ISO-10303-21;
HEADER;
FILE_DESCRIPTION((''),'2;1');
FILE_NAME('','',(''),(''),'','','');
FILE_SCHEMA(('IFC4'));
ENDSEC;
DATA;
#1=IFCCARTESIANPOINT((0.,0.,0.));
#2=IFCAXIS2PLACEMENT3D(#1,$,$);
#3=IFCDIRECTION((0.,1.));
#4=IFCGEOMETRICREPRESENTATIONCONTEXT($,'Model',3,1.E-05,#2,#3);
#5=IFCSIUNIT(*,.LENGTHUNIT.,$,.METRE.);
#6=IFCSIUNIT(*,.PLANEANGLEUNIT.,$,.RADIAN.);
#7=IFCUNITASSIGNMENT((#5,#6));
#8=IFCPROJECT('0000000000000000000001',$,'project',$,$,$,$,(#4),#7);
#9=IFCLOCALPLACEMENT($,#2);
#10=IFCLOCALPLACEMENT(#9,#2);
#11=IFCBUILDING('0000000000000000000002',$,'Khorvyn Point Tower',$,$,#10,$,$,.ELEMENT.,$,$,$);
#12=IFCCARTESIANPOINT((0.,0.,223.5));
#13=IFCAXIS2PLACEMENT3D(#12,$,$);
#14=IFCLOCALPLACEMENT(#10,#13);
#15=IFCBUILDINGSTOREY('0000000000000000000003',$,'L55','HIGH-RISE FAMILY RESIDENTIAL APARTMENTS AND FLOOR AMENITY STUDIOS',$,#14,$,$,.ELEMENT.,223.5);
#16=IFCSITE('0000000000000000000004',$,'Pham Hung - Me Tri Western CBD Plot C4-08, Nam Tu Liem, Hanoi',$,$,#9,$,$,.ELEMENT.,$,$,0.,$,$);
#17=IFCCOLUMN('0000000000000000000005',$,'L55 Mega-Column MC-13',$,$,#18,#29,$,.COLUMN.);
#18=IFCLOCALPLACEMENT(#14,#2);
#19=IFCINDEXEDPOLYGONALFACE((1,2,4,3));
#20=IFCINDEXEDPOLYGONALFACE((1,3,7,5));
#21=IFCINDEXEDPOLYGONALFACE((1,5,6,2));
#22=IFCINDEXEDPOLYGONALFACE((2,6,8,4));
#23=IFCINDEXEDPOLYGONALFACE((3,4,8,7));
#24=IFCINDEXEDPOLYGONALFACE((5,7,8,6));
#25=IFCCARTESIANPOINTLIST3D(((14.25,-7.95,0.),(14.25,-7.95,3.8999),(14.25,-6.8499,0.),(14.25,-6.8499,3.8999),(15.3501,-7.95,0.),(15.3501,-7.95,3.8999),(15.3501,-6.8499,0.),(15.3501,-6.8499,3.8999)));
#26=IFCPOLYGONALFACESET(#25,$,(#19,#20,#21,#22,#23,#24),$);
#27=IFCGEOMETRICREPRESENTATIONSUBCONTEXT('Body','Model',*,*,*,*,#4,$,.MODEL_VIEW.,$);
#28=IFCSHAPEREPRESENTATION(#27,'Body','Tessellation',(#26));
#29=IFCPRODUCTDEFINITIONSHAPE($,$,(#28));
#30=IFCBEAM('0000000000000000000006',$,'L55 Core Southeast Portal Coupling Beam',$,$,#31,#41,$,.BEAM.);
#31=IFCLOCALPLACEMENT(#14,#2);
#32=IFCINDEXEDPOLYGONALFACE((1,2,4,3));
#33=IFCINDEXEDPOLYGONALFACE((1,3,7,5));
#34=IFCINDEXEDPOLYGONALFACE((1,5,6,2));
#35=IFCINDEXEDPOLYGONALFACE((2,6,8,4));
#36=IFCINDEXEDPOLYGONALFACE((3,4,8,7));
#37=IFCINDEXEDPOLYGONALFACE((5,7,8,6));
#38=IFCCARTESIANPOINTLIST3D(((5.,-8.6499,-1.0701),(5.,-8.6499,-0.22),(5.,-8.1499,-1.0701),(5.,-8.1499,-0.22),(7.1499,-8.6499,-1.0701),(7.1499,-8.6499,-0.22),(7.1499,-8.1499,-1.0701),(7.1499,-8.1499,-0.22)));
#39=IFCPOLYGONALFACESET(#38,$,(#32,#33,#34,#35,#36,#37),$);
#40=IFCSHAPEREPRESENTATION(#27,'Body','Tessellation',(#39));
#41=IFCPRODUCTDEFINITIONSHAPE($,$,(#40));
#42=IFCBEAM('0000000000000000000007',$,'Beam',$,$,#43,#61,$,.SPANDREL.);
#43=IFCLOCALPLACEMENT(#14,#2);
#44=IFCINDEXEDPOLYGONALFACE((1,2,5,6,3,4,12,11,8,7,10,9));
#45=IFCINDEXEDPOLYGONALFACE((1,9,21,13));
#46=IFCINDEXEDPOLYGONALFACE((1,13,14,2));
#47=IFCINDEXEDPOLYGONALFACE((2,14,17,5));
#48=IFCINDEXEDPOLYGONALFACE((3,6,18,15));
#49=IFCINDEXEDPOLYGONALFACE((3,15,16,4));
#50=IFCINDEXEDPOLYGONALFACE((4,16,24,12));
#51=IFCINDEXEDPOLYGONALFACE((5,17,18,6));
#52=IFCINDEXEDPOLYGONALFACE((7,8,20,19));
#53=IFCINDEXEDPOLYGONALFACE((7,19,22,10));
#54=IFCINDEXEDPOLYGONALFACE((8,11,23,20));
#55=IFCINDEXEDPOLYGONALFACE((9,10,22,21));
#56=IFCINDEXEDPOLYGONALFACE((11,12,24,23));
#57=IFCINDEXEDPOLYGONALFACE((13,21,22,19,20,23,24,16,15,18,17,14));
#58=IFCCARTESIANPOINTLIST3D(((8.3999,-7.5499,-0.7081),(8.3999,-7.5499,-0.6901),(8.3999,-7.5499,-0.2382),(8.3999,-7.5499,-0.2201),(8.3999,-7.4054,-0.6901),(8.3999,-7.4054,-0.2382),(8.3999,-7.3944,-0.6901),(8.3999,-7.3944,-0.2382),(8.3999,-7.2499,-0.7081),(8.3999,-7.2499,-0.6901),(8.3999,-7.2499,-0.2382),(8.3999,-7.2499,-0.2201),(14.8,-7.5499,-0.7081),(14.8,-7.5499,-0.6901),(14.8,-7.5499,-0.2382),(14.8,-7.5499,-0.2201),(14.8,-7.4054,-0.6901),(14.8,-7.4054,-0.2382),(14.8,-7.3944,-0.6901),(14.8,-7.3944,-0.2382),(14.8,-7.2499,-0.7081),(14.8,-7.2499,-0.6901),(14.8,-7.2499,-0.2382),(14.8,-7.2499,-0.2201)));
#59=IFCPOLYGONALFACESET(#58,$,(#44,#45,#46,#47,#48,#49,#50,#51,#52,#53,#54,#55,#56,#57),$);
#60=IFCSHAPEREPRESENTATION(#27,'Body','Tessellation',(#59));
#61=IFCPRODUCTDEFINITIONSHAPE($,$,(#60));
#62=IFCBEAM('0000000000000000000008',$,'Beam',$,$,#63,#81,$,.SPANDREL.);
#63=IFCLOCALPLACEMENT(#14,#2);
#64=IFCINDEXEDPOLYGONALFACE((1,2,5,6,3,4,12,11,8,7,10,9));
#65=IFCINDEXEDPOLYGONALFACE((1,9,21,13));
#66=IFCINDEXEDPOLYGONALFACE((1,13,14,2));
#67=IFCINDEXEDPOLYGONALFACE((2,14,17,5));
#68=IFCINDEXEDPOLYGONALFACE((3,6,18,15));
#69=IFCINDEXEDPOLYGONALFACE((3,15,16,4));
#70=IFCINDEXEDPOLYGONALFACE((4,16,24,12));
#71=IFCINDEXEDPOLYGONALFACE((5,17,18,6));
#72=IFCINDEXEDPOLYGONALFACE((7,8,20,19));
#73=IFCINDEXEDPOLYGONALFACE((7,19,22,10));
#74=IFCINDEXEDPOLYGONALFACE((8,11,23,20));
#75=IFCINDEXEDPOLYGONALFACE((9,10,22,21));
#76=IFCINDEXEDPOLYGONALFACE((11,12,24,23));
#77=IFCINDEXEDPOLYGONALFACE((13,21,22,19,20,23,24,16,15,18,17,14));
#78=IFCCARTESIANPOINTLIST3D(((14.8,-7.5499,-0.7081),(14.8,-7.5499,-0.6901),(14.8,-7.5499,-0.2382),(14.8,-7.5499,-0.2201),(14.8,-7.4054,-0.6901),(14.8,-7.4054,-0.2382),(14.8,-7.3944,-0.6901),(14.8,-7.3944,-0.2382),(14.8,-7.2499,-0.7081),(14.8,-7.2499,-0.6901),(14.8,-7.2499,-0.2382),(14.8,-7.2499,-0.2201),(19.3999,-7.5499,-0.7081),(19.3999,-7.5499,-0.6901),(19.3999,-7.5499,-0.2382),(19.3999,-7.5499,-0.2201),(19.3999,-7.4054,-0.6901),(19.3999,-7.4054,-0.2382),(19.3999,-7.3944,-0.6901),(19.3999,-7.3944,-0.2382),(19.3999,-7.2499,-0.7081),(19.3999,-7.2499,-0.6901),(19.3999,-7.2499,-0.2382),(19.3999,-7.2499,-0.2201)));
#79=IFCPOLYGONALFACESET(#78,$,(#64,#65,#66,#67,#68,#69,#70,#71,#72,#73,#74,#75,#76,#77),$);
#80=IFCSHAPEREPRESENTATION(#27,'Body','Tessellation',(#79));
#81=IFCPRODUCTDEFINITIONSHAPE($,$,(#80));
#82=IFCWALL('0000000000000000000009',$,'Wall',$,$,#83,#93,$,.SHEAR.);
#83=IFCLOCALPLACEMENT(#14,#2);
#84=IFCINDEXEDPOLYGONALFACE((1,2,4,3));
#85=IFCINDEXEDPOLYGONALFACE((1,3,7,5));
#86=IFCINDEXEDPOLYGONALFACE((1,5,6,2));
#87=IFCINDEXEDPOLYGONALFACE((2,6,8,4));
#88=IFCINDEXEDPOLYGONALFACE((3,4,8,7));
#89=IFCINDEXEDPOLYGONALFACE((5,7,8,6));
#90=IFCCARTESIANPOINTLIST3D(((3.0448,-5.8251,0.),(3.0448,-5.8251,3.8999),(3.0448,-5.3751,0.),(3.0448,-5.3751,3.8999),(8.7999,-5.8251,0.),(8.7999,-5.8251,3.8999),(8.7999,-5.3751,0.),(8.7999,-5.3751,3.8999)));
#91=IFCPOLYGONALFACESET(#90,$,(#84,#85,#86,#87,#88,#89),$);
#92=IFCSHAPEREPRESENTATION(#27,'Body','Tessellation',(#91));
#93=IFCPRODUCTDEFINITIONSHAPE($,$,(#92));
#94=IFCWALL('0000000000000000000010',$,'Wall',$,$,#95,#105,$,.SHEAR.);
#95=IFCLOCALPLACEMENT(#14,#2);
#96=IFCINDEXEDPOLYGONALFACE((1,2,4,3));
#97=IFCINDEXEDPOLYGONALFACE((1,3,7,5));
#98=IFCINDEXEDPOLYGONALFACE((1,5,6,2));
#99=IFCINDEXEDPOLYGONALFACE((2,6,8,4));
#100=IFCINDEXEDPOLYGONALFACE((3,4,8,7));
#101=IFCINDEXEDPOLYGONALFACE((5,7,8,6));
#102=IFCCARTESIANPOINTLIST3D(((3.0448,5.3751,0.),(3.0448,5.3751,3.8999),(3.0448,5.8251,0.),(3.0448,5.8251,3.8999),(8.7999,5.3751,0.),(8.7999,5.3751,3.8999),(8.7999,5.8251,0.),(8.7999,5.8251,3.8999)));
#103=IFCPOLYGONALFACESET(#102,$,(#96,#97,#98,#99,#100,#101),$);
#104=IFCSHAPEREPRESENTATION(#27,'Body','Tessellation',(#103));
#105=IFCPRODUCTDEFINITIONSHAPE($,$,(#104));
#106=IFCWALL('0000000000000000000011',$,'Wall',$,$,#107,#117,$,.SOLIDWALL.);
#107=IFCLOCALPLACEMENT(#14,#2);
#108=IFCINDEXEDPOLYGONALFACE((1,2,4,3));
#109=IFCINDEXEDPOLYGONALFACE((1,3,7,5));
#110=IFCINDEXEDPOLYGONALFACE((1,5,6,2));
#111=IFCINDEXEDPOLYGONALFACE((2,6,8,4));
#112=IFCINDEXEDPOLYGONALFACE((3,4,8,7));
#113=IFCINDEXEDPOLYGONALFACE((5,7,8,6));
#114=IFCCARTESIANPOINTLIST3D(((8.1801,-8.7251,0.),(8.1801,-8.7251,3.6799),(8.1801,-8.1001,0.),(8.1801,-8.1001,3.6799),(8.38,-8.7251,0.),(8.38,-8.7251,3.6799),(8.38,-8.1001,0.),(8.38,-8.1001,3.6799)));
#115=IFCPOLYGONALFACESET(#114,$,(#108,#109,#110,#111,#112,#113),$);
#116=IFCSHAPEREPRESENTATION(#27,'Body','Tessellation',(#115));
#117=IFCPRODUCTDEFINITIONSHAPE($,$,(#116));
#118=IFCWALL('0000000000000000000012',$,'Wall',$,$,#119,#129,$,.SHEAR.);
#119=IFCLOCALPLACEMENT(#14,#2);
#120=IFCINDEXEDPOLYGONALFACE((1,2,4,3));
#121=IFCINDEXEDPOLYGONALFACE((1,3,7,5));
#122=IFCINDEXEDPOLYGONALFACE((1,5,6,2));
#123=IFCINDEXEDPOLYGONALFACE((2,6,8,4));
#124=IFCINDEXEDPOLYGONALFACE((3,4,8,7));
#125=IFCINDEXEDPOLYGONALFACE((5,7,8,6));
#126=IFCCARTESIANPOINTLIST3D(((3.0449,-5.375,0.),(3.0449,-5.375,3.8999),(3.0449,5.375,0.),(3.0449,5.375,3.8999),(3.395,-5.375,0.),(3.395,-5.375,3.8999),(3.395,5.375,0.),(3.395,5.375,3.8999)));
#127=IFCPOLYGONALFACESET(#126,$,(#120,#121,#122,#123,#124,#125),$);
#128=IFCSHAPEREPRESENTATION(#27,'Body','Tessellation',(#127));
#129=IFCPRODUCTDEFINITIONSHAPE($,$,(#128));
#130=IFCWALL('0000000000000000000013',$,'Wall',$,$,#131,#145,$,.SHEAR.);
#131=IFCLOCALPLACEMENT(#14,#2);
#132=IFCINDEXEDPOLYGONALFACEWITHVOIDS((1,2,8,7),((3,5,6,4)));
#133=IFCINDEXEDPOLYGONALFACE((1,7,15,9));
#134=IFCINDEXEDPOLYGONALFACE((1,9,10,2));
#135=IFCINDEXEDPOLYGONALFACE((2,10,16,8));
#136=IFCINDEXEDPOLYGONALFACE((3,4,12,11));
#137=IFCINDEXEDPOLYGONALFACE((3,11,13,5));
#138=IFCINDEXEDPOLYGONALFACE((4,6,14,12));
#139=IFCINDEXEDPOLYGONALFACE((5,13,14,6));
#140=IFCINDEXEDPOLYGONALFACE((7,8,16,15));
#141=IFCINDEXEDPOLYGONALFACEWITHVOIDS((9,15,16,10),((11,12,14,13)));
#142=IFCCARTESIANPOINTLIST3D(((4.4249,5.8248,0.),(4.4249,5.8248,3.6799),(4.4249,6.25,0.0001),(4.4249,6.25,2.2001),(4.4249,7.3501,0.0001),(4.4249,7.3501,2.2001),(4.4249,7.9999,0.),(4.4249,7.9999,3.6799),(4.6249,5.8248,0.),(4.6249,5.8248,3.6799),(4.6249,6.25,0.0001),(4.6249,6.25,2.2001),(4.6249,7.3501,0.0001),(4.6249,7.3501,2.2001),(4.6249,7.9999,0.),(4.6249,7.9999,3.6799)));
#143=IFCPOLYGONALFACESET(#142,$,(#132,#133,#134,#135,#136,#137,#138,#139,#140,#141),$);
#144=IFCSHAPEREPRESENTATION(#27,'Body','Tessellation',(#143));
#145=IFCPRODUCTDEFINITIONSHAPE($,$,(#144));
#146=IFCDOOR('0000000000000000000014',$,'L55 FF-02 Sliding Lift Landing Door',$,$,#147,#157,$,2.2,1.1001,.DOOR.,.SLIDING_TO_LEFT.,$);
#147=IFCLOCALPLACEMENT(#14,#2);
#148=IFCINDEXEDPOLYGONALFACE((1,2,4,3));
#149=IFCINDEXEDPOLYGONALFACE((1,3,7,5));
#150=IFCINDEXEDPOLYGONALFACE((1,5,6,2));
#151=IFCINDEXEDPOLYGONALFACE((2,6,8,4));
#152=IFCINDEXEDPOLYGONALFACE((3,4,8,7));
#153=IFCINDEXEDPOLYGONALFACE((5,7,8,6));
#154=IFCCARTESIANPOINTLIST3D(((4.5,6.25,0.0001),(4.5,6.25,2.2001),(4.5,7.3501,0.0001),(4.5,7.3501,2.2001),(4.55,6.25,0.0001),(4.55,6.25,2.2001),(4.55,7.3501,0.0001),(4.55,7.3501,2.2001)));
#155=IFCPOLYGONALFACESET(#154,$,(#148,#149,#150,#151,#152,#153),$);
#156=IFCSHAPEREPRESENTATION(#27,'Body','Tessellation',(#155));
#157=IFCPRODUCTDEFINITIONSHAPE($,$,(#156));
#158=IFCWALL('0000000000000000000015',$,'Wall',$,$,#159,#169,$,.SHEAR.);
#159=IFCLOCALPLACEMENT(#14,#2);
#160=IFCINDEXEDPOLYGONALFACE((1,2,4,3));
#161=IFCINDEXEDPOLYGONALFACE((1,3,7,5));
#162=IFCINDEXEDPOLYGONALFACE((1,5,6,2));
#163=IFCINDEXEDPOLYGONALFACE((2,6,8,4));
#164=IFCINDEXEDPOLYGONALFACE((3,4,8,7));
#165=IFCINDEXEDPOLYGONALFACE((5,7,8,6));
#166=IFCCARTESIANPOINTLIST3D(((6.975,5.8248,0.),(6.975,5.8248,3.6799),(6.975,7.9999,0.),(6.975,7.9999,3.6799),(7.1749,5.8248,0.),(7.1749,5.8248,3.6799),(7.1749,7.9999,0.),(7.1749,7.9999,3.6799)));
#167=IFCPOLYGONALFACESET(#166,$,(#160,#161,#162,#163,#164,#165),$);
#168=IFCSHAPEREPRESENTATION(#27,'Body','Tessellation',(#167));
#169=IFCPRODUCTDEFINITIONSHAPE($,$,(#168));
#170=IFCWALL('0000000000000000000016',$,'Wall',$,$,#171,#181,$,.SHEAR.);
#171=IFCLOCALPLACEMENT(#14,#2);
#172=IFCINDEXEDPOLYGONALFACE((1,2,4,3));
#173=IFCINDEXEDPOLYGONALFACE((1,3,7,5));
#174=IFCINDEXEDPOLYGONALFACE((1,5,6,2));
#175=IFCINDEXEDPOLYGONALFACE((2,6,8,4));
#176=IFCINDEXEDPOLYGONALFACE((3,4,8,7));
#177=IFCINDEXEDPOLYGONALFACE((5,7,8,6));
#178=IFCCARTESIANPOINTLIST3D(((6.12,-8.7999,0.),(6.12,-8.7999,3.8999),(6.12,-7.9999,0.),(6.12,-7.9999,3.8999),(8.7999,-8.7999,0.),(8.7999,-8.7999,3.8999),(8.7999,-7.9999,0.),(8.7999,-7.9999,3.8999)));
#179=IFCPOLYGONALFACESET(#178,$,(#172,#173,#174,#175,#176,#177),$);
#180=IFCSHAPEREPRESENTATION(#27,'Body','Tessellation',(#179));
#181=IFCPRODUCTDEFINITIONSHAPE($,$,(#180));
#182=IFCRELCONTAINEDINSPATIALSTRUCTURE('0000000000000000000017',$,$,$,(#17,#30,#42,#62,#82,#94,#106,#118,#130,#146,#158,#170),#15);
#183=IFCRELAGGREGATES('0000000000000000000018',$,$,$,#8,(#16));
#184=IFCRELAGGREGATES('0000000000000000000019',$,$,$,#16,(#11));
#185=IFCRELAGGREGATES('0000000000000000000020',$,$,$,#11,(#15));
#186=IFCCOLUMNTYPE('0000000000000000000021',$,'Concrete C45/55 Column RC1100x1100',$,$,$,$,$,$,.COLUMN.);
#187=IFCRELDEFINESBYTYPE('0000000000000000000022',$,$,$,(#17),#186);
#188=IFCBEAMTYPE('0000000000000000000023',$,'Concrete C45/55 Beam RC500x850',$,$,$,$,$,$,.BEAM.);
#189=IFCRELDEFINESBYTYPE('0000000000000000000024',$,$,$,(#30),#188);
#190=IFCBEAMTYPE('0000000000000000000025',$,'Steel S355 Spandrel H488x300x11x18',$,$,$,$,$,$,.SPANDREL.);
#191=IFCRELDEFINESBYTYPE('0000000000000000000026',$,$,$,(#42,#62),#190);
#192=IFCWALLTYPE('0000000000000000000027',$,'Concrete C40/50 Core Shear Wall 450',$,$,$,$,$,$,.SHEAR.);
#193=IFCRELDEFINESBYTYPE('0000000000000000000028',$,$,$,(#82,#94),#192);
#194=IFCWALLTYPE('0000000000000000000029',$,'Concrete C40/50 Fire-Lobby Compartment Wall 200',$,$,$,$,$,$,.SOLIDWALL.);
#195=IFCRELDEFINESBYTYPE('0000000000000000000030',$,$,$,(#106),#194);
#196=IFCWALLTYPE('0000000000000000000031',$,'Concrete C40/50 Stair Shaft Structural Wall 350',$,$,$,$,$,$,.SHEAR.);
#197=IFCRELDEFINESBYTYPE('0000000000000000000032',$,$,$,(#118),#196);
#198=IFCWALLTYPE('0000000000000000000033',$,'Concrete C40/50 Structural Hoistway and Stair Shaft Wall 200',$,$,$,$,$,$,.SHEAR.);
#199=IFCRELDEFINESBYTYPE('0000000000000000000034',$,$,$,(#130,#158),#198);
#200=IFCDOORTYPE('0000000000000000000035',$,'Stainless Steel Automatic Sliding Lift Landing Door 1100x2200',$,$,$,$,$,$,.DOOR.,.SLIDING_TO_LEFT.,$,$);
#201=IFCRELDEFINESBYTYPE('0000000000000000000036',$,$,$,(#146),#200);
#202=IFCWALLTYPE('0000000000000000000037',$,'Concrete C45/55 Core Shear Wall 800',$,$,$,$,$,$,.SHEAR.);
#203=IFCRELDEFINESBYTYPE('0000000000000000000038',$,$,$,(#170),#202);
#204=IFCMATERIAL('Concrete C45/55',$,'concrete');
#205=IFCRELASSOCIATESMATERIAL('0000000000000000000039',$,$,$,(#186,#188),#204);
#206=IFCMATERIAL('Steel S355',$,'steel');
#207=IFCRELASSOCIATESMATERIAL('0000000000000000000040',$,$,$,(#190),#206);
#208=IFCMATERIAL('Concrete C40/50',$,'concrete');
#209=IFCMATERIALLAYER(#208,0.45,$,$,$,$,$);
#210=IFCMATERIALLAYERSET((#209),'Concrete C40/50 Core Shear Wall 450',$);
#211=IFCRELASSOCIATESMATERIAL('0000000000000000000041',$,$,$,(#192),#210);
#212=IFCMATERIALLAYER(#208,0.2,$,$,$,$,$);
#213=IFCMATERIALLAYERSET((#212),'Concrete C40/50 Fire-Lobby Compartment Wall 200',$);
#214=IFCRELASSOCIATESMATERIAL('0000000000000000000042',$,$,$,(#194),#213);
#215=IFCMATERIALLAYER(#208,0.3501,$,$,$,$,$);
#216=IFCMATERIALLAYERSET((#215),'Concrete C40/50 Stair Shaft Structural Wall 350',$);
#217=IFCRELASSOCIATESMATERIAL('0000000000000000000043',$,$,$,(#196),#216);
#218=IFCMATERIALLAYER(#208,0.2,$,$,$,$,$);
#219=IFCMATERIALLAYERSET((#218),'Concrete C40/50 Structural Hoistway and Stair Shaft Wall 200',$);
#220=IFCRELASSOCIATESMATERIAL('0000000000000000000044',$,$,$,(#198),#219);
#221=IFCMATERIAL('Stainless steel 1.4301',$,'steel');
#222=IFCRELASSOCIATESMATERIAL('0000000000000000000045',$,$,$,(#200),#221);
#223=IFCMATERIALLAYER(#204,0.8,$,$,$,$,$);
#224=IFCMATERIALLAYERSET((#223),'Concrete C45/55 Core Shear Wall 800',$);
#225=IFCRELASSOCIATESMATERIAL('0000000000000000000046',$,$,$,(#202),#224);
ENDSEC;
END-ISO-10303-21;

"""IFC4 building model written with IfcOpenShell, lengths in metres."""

from ifc_helpers import new_model, si_unit, direction, frame, frame_2d, origin, origin_2d, place, context, subcontext, project, spatial, rectangle, i_section, extrude, material, layer, layer_set, material_profile, profile_set, type_object, element, fill, save


model = new_model("IFC4")

# Units and contexts
model_context = context("Model", 3, precision=1e-05, world=origin(), true_north=direction((0.0, 1.0)))
body_context = subcontext(model_context, "Body", "Model", "MODEL_VIEW")
ifc_project = project(units=[si_unit("LENGTHUNIT", "METRE"), si_unit("PLANEANGLEUNIT", "RADIAN")], contexts=[model_context])

# Site, building, storey
site_placement = place(None, origin())
site = spatial("IfcSite", under=ifc_project, at=site_placement, Name="Pham Hung - Me Tri Western CBD Plot C4-08, Nam Tu Liem, Hanoi", CompositionType="ELEMENT", RefElevation=0.0)
building_placement = place(site_placement, origin())
building = spatial("IfcBuilding", under=site, at=building_placement, Name="Khorvyn Point Tower", CompositionType="ELEMENT")
storey_placement = place(building_placement, frame((0.0, 0.0, 223.5)))
storey = spatial("IfcBuildingStorey", under=building, at=storey_placement, Name="L55", Description="HIGH-RISE FAMILY RESIDENTIAL APARTMENTS AND FLOOR AMENITY STUDIOS", CompositionType="ELEMENT", Elevation=223.5)

# Column
ifc_material_1 = material(Name="Concrete C45/55", Category="concrete")
ifc_material_profile_1 = material_profile(ifc_material_1, rectangle(XDim=1.1001, YDim=1.1001, at=origin_2d()))
ifc_profile_set_1 = profile_set([ifc_material_profile_1], Name="Concrete C45/55 RC1100x1100")
column_type = type_object("IfcColumnType", Name="Concrete C45/55 Column RC1100x1100", PredefinedType="COLUMN", material=ifc_profile_set_1)
column_placement = place(storey_placement, frame((14.8, -7.3999, 0.0), z_axis=(0.0, 0.0, 1.0), x_axis=(1.0, 0.0, 0.0)))
element("IfcColumn", 1, at=column_placement, inside=storey, type_object=column_type, Name="L55 Mega-Column MC-13", PredefinedType="COLUMN", context=body_context, shape_type="SweptSolid", body=[
    extrude(rectangle(XDim=1.1001, YDim=1.1001, at=origin_2d()), origin(), (0.0, 0.0, 1.0), 3.8999),
])

# Beams
ifc_material_profile_2 = material_profile(ifc_material_1, rectangle(XDim=0.5, YDim=0.8501, at=origin_2d()))
ifc_profile_set_2 = profile_set([ifc_material_profile_2], Name="Concrete C45/55 RC500x850")
beam_type_1 = type_object("IfcBeamType", Name="Concrete C45/55 Beam RC500x850", PredefinedType="BEAM", material=ifc_profile_set_2)
beam_1_placement = place(storey_placement, frame((5.0, -8.3999, -0.645), z_axis=(1.0, 0.0, 0.0), x_axis=(0.0, 1.0, 0.0)))
element("IfcBeam", 2, at=beam_1_placement, inside=storey, type_object=beam_type_1, Name="L55 Core Southeast Portal Coupling Beam", PredefinedType="BEAM", context=body_context, shape_type="SweptSolid", body=[
    extrude(rectangle(XDim=0.5, YDim=0.8501, at=origin_2d()), origin(), (0.0, 0.0, 1.0), 2.1499),
])
ifc_material_2 = material(Name="Steel S355", Category="steel")
ifc_material_profile_3 = material_profile(ifc_material_2, i_section(OverallWidth=0.3, OverallDepth=0.488, WebThickness=0.011, FlangeThickness=0.0181, at=origin_2d()))
ifc_profile_set_3 = profile_set([ifc_material_profile_3], Name="Steel S355 H488x300x11x18")
beam_type_2 = type_object("IfcBeamType", Name="Steel S355 Spandrel H488x300x11x18", PredefinedType="SPANDREL", material=ifc_profile_set_3)
beam_2_placement = place(storey_placement, frame((8.3999, -7.3999, -0.4641), z_axis=(1.0, 0.0, 0.0), x_axis=(0.0, 1.0, 0.0)))
element("IfcBeam", 3, at=beam_2_placement, inside=storey, type_object=beam_type_2, Name="Beam", PredefinedType="SPANDREL", context=body_context, shape_type="SweptSolid", body=[
    extrude(i_section(OverallWidth=0.3, OverallDepth=0.488, WebThickness=0.011, FlangeThickness=0.0181, at=origin_2d()), origin(), (0.0, 0.0, 1.0), 6.4001),
])
beam_3_placement = place(storey_placement, frame((14.8, -7.3999, -0.4641), z_axis=(1.0, 0.0, 0.0), x_axis=(0.0, 1.0, 0.0)))
element("IfcBeam", 4, at=beam_3_placement, inside=storey, type_object=beam_type_2, Name="Beam", PredefinedType="SPANDREL", context=body_context, shape_type="SweptSolid", body=[
    extrude(i_section(OverallWidth=0.3, OverallDepth=0.488, WebThickness=0.011, FlangeThickness=0.0181, at=origin_2d()), origin(), (0.0, 0.0, 1.0), 4.5999),
])

# Walls
ifc_material_3 = material(Name="Concrete C40/50", Category="concrete")
ifc_layer_1 = layer(ifc_material_3, 0.45)
ifc_layer_set_1 = layer_set([ifc_layer_1], Name="Concrete C40/50 Core Shear Wall 450")
wall_type_1 = type_object("IfcWallType", Name="Concrete C40/50 Core Shear Wall 450", PredefinedType="SHEAR", material=ifc_layer_set_1)
for number, where, z_axis, x_axis, name in (
    (5, (3.0449, -5.6001, 0.0), (0.0, 0.0, 1.0), (1.0, 0.0, 0.0), "Wall"),
    (6, (3.0449, 5.6001, 0.0), (0.0, 0.0, 1.0), (1.0, 0.0, 0.0), "Wall"),
):
    element("IfcWall", number, at=place(storey_placement, frame(where, z_axis=z_axis, x_axis=x_axis)), inside=storey, type_object=wall_type_1, Name=name, PredefinedType="SHEAR", context=body_context, shape_type="SweptSolid", body=[
        extrude(rectangle(XDim=5.7551, YDim=0.45, at=frame_2d((2.8774, 0.0))), origin(), (0.0, 0.0, 1.0), 3.8999),
    ])

# Shared definitions
ifc_layer_2 = layer(ifc_material_3, 0.2)
ifc_layer_set_2 = layer_set([ifc_layer_2], Name="Concrete C40/50 Fire-Lobby Compartment Wall 200")
wall_type_2 = type_object("IfcWallType", Name="Concrete C40/50 Fire-Lobby Compartment Wall 200", PredefinedType="SOLIDWALL", material=ifc_layer_set_2)

# Walls
wall_1_placement = place(storey_placement, frame((8.28, -8.7251, 0.0), z_axis=(0.0, 0.0, 1.0), x_axis=(0.0, 1.0, 0.0)))
element("IfcWall", 7, at=wall_1_placement, inside=storey, type_object=wall_type_2, Name="Wall", PredefinedType="SOLIDWALL", context=body_context, shape_type="SweptSolid", body=[
    extrude(rectangle(XDim=0.625, YDim=0.2, at=frame_2d((0.3125, 0.0))), origin(), (0.0, 0.0, 1.0), 3.6799),
])
ifc_layer_3 = layer(ifc_material_3, 0.3501)
ifc_layer_set_3 = layer_set([ifc_layer_3], Name="Concrete C40/50 Stair Shaft Structural Wall 350")
wall_type_3 = type_object("IfcWallType", Name="Concrete C40/50 Stair Shaft Structural Wall 350", PredefinedType="SHEAR", material=ifc_layer_set_3)
wall_2_placement = place(storey_placement, frame((3.22, -5.375, 0.0), z_axis=(0.0, 0.0, 1.0), x_axis=(0.0, 1.0, 0.0)))
element("IfcWall", 8, at=wall_2_placement, inside=storey, type_object=wall_type_3, Name="Wall", PredefinedType="SHEAR", context=body_context, shape_type="SweptSolid", body=[
    extrude(rectangle(XDim=10.75, YDim=0.3501, at=frame_2d((5.375, 0.0))), origin(), (0.0, 0.0, 1.0), 3.8999),
])

# Wall, opening, door
ifc_layer_4 = layer(ifc_material_3, 0.2)
ifc_layer_set_4 = layer_set([ifc_layer_4], Name="Concrete C40/50 Structural Hoistway and Stair Shaft Wall 200")
wall_type_4 = type_object("IfcWallType", Name="Concrete C40/50 Structural Hoistway and Stair Shaft Wall 200", PredefinedType="SHEAR", material=ifc_layer_set_4)
wall_3_placement = place(storey_placement, frame((4.5249, 5.825, 0.0), z_axis=(0.0, 0.0, 1.0), x_axis=(0.0, 1.0, 0.0)))
wall_3 = element("IfcWall", 9, at=wall_3_placement, inside=storey, type_object=wall_type_4, Name="Wall", PredefinedType="SHEAR", context=body_context, shape_type="SweptSolid", body=[
    extrude(rectangle(XDim=2.175, YDim=0.2, at=frame_2d((1.0874, 0.0))), origin(), (0.0, 0.0, 1.0), 3.6799),
])
opening_1_placement = place(wall_3_placement, frame((0.425, 0.0, 0.0)))
opening_1 = element("IfcOpeningElement", 10, at=opening_1_placement, cuts=wall_3, PredefinedType="OPENING", context=body_context, shape_type="SweptSolid", body=[
    extrude(rectangle(XDim=1.1001, YDim=2.2, at=frame_2d((0.55, 1.1001))), frame((0.0, 0.1099, 0.0), z_axis=(0.0, -1.0, 0.0), x_axis=(1.0, 0.0, 0.0)), (0.0, 0.0, 1.0), 0.22),
])
ifc_material_4 = material(Name="Stainless steel 1.4301", Category="steel")
door_type_1 = type_object("IfcDoorType", Name="Stainless Steel Automatic Sliding Lift Landing Door 1100x2200", OperationType="SLIDING_TO_LEFT", PredefinedType="DOOR", material=ifc_material_4)
door_1_placement = place(opening_1_placement, origin())
door_1 = element("IfcDoor", 11, at=door_1_placement, inside=storey, type_object=door_type_1, Name="L55 FF-02 Sliding Lift Landing Door", OperationType="SLIDING_TO_LEFT", OverallHeight=2.2, OverallWidth=1.1001, PredefinedType="DOOR", context=body_context, shape_type="SweptSolid", body=[
    extrude(rectangle(XDim=1.1001, YDim=2.2, at=frame_2d((0.55, 1.1001))), frame((0.0, 0.0249, 0.0), z_axis=(0.0, -1.0, 0.0), x_axis=(1.0, 0.0, 0.0)), (0.0, 0.0, 1.0), 0.05),
])
fill(opening_1, door_1)

# Walls
wall_4_placement = place(storey_placement, frame((7.075, 5.825, 0.0), z_axis=(0.0, 0.0, 1.0), x_axis=(0.0, 1.0, 0.0)))
element("IfcWall", 12, at=wall_4_placement, inside=storey, type_object=wall_type_4, Name="Wall", PredefinedType="SHEAR", context=body_context, shape_type="SweptSolid", body=[
    extrude(rectangle(XDim=2.175, YDim=0.2, at=frame_2d((1.0874, 0.0))), origin(), (0.0, 0.0, 1.0), 3.6799),
])
ifc_layer_5 = layer(ifc_material_1, 0.8)
ifc_layer_set_5 = layer_set([ifc_layer_5], Name="Concrete C45/55 Core Shear Wall 800")
wall_type_5 = type_object("IfcWallType", Name="Concrete C45/55 Core Shear Wall 800", PredefinedType="SHEAR", material=ifc_layer_set_5)
wall_5_placement = place(storey_placement, frame((6.1201, -8.3999, 0.0), z_axis=(0.0, 0.0, 1.0), x_axis=(1.0, 0.0, 0.0)))
element("IfcWall", 13, at=wall_5_placement, inside=storey, type_object=wall_type_5, Name="Wall", PredefinedType="SHEAR", context=body_context, shape_type="SweptSolid", body=[
    extrude(rectangle(XDim=2.6799, YDim=0.8, at=frame_2d((1.3398, 0.0))), origin(), (0.0, 0.0, 1.0), 3.8999),
])

save(model, "model.ifc")
